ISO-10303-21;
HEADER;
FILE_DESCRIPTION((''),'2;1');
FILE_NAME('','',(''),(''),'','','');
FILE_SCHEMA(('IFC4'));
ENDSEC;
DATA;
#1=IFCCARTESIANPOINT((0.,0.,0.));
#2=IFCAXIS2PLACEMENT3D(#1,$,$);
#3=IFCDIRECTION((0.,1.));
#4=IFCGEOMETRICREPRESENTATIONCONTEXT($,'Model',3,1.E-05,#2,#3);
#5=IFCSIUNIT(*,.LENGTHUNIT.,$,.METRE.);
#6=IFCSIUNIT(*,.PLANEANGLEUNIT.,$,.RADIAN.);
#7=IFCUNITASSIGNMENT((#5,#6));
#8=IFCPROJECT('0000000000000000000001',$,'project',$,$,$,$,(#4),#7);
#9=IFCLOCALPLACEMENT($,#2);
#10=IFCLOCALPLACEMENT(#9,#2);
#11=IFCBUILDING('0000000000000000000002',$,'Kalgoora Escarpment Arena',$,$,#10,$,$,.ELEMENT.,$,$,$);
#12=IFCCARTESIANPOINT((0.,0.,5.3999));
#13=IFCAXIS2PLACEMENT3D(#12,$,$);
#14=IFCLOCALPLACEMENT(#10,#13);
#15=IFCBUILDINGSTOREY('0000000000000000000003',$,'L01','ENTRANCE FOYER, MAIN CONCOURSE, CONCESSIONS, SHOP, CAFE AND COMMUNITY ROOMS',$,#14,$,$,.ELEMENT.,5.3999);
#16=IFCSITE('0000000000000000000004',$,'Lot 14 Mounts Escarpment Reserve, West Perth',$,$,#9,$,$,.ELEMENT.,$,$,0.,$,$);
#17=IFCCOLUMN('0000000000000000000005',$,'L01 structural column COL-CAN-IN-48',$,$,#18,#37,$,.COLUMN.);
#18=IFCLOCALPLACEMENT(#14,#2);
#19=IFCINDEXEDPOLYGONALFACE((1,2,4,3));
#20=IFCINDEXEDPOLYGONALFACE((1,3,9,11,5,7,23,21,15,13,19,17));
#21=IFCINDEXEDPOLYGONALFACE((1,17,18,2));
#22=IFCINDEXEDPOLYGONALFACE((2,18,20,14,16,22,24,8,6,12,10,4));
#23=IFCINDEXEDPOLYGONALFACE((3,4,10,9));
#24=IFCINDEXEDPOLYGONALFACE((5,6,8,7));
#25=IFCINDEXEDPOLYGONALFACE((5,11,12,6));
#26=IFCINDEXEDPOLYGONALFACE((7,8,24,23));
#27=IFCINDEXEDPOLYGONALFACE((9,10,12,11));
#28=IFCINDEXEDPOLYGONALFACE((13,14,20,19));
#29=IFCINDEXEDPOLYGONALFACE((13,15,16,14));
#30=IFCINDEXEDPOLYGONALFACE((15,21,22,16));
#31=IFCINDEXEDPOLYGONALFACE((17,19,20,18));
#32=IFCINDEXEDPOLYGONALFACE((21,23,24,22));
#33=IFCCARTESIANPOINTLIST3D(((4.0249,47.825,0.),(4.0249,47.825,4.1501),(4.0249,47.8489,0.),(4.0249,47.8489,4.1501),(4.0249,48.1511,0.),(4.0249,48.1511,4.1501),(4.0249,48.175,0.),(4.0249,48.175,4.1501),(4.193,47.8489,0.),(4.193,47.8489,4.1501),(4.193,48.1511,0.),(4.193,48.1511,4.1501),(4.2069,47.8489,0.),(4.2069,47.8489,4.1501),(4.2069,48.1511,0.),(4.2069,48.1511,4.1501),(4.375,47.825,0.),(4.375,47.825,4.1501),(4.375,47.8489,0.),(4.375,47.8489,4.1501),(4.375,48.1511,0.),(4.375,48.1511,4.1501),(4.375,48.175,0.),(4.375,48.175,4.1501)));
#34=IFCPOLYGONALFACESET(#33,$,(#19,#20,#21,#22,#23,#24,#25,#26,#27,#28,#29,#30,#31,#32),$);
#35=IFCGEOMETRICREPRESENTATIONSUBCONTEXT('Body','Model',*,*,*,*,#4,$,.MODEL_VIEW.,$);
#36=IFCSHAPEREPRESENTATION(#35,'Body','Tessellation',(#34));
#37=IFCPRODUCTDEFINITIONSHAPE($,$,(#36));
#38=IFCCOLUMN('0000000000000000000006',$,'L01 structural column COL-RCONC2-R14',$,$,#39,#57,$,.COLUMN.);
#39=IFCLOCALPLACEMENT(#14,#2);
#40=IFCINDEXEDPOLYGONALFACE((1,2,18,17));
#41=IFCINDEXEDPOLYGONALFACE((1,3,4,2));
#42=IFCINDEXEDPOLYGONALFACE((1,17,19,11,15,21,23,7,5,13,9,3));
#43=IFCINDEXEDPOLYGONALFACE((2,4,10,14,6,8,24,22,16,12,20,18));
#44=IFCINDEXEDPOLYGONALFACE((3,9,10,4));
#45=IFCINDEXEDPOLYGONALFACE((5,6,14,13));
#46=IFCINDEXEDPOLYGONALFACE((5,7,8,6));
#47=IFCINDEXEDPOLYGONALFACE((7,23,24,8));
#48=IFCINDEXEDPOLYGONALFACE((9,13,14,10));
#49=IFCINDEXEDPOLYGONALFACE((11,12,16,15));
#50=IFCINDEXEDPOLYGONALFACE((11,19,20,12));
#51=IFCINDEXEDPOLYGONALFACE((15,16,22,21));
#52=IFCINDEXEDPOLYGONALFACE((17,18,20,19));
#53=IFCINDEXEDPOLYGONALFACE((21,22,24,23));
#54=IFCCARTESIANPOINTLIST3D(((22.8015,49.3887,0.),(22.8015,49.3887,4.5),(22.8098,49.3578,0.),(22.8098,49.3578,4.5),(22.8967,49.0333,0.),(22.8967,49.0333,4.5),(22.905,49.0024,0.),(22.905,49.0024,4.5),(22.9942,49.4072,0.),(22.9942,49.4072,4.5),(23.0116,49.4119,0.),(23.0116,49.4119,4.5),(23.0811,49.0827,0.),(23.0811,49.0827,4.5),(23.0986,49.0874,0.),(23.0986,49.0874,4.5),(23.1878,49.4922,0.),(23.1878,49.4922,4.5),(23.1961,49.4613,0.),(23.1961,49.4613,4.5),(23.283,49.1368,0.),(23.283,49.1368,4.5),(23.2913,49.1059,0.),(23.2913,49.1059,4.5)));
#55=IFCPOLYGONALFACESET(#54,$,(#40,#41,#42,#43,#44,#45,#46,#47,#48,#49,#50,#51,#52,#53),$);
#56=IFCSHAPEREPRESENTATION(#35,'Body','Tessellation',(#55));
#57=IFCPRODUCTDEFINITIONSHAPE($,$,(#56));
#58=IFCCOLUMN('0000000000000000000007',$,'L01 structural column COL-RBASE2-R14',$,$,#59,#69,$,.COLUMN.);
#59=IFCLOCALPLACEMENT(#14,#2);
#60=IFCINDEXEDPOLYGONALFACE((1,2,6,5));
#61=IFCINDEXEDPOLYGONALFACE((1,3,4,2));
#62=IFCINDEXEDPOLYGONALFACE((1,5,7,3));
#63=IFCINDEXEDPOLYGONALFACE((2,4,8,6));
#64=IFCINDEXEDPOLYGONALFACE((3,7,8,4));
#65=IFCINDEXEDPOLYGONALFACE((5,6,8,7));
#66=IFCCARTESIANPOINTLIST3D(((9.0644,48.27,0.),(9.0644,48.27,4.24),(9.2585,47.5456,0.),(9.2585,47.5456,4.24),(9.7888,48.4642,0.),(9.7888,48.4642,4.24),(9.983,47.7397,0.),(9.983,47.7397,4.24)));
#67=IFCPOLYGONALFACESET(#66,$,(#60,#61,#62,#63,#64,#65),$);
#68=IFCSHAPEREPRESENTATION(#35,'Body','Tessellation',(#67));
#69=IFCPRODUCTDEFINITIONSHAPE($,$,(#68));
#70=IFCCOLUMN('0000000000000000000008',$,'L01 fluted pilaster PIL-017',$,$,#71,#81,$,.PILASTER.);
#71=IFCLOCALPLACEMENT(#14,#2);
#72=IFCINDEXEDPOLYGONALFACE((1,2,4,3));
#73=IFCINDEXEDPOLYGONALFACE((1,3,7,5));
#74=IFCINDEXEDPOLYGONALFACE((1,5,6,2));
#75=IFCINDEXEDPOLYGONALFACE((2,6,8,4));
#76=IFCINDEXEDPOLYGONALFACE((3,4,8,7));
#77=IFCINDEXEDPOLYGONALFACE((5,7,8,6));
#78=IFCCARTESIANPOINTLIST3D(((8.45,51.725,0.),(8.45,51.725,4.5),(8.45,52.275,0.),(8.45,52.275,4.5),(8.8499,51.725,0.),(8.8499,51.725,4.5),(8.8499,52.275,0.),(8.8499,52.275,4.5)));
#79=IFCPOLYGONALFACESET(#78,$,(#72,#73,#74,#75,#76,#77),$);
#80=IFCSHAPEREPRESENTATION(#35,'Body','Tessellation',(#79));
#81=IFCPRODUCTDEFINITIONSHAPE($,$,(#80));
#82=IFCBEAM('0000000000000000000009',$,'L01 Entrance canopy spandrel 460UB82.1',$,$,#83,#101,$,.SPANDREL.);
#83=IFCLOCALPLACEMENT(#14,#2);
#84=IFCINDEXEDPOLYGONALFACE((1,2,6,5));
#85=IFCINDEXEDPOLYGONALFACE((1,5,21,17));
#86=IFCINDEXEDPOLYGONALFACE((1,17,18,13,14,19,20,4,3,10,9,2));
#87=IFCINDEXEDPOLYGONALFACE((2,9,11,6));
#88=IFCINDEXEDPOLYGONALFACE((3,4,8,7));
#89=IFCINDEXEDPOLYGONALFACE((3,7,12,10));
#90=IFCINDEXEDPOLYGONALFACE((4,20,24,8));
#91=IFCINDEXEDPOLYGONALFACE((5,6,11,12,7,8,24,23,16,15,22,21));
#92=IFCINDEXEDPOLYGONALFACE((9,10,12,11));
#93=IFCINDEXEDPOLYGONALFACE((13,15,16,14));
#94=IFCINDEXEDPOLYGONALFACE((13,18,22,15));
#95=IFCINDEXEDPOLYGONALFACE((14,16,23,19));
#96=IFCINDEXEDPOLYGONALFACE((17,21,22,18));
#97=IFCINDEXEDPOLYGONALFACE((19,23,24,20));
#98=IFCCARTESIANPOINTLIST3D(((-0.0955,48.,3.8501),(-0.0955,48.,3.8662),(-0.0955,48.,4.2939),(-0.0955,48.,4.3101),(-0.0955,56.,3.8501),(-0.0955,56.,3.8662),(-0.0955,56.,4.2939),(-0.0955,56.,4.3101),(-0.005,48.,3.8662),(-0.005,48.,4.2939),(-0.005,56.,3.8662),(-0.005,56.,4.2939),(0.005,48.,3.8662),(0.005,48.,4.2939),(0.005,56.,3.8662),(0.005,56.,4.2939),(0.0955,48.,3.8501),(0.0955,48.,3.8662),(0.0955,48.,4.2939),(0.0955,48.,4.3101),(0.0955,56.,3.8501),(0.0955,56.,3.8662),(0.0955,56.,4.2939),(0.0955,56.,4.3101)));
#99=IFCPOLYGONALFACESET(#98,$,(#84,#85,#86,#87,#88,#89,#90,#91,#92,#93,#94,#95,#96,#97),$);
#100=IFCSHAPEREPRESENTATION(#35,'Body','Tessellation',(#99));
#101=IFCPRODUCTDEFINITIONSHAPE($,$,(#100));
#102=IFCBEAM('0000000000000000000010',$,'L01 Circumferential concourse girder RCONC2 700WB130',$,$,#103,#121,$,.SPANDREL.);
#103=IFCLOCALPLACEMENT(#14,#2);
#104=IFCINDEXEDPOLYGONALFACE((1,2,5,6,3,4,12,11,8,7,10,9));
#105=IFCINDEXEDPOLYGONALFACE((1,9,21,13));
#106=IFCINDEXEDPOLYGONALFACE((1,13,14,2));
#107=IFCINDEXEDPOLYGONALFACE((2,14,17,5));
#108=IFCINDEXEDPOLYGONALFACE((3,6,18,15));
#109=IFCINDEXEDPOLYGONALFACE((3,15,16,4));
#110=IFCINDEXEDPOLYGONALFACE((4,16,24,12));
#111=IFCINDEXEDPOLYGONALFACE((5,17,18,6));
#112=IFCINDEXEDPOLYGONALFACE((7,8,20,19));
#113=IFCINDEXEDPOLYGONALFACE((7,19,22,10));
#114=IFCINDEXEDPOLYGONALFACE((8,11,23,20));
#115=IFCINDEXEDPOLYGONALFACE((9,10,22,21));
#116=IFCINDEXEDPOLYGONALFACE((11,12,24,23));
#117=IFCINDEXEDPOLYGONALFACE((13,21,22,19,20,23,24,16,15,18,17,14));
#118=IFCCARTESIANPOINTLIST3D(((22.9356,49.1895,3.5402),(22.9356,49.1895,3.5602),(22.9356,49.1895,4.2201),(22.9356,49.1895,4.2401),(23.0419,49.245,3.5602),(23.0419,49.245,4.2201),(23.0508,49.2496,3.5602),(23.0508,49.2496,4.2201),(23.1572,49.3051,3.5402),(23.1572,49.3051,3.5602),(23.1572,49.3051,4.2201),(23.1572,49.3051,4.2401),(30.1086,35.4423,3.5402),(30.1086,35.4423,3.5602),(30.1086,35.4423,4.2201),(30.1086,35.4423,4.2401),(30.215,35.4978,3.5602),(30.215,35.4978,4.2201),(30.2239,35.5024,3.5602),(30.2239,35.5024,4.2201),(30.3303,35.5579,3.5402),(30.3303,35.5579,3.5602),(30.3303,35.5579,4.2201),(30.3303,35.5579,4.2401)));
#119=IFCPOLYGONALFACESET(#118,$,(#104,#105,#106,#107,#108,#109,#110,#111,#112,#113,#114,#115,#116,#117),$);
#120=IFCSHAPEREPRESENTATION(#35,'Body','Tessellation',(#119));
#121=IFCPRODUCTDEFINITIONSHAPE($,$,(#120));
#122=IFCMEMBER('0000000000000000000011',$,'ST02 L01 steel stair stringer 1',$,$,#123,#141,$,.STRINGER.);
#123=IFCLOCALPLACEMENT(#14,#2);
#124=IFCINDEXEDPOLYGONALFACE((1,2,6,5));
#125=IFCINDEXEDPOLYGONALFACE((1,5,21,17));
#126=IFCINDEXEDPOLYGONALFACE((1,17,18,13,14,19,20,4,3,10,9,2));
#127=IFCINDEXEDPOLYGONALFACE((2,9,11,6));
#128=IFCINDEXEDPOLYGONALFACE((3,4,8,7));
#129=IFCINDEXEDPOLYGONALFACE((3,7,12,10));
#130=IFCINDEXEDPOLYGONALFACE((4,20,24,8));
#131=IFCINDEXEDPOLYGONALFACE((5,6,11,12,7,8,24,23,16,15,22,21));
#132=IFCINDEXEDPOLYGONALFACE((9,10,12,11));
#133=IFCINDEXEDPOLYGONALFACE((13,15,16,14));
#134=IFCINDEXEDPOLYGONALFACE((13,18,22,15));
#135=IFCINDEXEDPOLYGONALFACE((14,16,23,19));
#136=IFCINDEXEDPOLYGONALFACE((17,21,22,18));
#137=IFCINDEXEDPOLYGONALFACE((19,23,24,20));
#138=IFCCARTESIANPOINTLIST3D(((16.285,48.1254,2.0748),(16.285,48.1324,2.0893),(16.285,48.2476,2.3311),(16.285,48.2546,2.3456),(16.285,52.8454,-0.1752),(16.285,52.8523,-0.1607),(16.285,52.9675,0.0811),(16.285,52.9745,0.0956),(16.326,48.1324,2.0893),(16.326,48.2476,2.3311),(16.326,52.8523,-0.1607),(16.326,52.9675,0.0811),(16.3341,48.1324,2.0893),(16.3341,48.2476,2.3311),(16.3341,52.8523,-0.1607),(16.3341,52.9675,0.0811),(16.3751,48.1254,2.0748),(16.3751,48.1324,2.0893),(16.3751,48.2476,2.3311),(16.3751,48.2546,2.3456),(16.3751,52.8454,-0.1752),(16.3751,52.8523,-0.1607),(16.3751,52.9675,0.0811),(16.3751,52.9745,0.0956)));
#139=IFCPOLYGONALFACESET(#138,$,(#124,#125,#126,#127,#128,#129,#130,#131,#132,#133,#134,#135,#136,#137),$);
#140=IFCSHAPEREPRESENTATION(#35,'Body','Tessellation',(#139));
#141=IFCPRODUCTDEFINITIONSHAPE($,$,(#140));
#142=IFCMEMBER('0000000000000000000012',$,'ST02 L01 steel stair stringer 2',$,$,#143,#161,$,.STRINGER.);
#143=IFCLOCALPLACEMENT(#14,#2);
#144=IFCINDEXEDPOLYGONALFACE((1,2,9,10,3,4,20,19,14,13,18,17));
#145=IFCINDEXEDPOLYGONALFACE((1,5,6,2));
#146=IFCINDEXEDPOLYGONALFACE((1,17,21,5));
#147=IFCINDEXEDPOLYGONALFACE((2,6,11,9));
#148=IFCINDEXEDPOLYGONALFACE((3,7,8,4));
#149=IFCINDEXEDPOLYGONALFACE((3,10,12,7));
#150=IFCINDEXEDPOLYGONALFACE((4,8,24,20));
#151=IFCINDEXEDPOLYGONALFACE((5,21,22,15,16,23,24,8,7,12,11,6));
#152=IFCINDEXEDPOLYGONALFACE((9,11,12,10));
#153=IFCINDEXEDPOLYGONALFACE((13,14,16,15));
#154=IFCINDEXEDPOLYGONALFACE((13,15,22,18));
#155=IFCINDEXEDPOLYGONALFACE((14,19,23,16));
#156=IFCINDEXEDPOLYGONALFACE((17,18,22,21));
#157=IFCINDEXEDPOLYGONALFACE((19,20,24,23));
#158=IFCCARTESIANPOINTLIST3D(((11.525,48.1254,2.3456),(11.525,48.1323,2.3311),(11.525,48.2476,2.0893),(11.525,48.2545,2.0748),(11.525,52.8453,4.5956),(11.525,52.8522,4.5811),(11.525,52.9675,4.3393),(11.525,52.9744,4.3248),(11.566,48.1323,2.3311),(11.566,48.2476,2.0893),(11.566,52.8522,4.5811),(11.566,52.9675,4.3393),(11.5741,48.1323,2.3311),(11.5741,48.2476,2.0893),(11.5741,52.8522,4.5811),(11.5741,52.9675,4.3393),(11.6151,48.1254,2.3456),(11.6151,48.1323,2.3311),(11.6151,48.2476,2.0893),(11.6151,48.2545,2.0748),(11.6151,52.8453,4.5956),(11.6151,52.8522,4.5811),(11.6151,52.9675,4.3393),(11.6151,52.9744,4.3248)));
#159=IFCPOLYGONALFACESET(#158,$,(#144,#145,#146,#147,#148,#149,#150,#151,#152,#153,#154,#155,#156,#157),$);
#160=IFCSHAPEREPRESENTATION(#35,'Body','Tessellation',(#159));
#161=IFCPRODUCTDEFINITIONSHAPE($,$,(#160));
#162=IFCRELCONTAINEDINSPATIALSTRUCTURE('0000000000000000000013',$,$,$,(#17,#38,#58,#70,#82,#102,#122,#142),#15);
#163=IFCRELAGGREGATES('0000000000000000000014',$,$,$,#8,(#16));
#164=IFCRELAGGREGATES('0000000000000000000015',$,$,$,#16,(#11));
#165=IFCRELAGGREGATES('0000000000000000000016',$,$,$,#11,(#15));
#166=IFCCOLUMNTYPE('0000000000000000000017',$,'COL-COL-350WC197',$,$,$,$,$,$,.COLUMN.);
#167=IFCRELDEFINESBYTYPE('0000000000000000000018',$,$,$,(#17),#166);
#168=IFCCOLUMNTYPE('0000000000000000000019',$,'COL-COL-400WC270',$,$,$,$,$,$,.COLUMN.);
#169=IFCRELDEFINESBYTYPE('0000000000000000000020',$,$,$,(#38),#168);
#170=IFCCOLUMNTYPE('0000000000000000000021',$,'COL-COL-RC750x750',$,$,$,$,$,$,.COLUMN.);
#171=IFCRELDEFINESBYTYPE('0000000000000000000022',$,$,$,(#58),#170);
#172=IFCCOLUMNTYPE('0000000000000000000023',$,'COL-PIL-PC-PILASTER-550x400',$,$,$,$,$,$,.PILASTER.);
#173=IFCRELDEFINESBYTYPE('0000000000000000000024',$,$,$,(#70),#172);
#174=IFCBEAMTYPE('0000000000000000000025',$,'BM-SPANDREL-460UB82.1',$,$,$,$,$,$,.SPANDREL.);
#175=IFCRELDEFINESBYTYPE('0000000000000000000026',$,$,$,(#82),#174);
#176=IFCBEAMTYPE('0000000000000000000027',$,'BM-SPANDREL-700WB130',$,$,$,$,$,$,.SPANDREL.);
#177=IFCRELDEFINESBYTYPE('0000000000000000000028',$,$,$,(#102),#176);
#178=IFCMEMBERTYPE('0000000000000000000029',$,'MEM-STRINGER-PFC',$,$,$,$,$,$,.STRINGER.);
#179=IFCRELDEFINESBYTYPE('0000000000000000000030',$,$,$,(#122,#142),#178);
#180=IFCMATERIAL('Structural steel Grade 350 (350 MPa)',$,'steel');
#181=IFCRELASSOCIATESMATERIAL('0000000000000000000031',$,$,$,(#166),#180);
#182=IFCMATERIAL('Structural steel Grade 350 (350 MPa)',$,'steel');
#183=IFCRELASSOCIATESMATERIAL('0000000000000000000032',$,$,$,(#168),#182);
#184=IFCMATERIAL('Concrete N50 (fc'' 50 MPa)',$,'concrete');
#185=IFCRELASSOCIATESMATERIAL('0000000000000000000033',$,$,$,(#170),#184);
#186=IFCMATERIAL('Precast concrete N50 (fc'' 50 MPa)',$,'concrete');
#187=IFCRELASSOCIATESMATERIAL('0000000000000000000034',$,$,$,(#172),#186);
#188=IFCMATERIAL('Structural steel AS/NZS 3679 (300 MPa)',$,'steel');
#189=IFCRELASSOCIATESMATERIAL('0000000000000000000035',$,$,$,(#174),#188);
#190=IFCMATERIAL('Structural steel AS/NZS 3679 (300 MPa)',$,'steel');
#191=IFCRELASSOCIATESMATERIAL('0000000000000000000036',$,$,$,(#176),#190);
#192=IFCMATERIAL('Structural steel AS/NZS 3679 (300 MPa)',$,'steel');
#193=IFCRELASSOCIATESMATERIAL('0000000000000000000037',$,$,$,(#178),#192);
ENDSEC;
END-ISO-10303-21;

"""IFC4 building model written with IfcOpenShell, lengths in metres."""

from ifc_helpers import new_model, si_unit, direction, frame, origin, origin_2d, place, context, subcontext, project, spatial, rectangle, i_section, extrude, material, material_profile, profile_set, type_object, element, save


model = new_model("IFC4")

# Units and contexts
model_context = context("Model", 3, precision=1e-05, world=origin(), true_north=direction((0.0, 1.0)))
body_context = subcontext(model_context, "Body", "Model", "MODEL_VIEW")
ifc_project = project(units=[si_unit("LENGTHUNIT", "METRE"), si_unit("PLANEANGLEUNIT", "RADIAN")], contexts=[model_context])

# Site, building, storey
site_placement = place(None, origin())
site = spatial("IfcSite", under=ifc_project, at=site_placement, Name="Lot 14 Mounts Escarpment Reserve, West Perth", CompositionType="ELEMENT", RefElevation=0.0)
building_placement = place(site_placement, origin())
building = spatial("IfcBuilding", under=site, at=building_placement, Name="Kalgoora Escarpment Arena", CompositionType="ELEMENT")
storey_placement = place(building_placement, frame((0.0, 0.0, 5.3999)))
storey = spatial("IfcBuildingStorey", under=building, at=storey_placement, Name="L01", Description="ENTRANCE FOYER, MAIN CONCOURSE, CONCESSIONS, SHOP, CAFE AND COMMUNITY ROOMS", CompositionType="ELEMENT", Elevation=5.3999)

# Columns
ifc_material_1 = material(Name="Structural steel Grade 350 (350 MPa)", Category="steel")
ifc_material_profile_1 = material_profile(ifc_material_1, i_section(OverallWidth=0.3501, OverallDepth=0.3501, WebThickness=0.0139, FlangeThickness=0.0239, at=origin_2d()))
ifc_profile_set_1 = profile_set([ifc_material_profile_1], Name="Structural steel Grade 350 (350 MPa)")
column_type_1 = type_object("IfcColumnType", Name="COL-COL-350WC197", PredefinedType="COLUMN", material=ifc_profile_set_1)
column_1_placement = place(storey_placement, frame((4.2, 48.0, 0.0), z_axis=(0.0, 0.0, 1.0), x_axis=(1.0, 0.0, 0.0)))
element("IfcColumn", 1, at=column_1_placement, inside=storey, type_object=column_type_1, Name="L01 structural column COL-CAN-IN-48", PredefinedType="COLUMN", context=body_context, shape_type="SweptSolid", body=[
    extrude(i_section(OverallWidth=0.3501, OverallDepth=0.3501, WebThickness=0.0139, FlangeThickness=0.0239, at=origin_2d()), origin(), (0.0, 0.0, 1.0), 4.1501),
])
ifc_material_2 = material(Name="Structural steel Grade 350 (350 MPa)", Category="steel")
ifc_material_profile_2 = material_profile(ifc_material_2, i_section(OverallWidth=0.3999, OverallDepth=0.3999, WebThickness=0.0181, FlangeThickness=0.032, at=origin_2d()))
ifc_profile_set_2 = profile_set([ifc_material_profile_2], Name="Structural steel Grade 350 (350 MPa)")
column_type_2 = type_object("IfcColumnType", Name="COL-COL-400WC270", PredefinedType="COLUMN", material=ifc_profile_set_2)
column_2_placement = place(storey_placement, frame((23.0464, 49.2473, 0.0), z_axis=(0.0, 0.0, 1.0), x_axis=(-0.965926, -0.258819, 0.0)))
element("IfcColumn", 2, at=column_2_placement, inside=storey, type_object=column_type_2, Name="L01 structural column COL-RCONC2-R14", PredefinedType="COLUMN", context=body_context, shape_type="SweptSolid", body=[
    extrude(i_section(OverallWidth=0.3999, OverallDepth=0.3999, WebThickness=0.0181, FlangeThickness=0.032, at=origin_2d()), origin(), (0.0, 0.0, 1.0), 4.5),
])
ifc_material_3 = material(Name="Concrete N50 (fc' 50 MPa)", Category="concrete")
ifc_material_profile_3 = material_profile(ifc_material_3, rectangle(XDim=0.75, YDim=0.75, at=origin_2d()))
ifc_profile_set_3 = profile_set([ifc_material_profile_3], Name="Concrete N50 (fc' 50 MPa)")
column_type_3 = type_object("IfcColumnType", Name="COL-COL-RC750x750", PredefinedType="COLUMN", material=ifc_profile_set_3)
column_3_placement = place(storey_placement, frame((9.5237, 48.0049, 0.0), z_axis=(0.0, 0.0, 1.0), x_axis=(-0.965926, -0.258819, 0.0)))
element("IfcColumn", 3, at=column_3_placement, inside=storey, type_object=column_type_3, Name="L01 structural column COL-RBASE2-R14", PredefinedType="COLUMN", context=body_context, shape_type="SweptSolid", body=[
    extrude(rectangle(XDim=0.75, YDim=0.75, at=origin_2d()), origin(), (0.0, 0.0, 1.0), 4.24),
])
ifc_material_4 = material(Name="Precast concrete N50 (fc' 50 MPa)", Category="concrete")
ifc_material_profile_4 = material_profile(ifc_material_4, rectangle(XDim=0.3999, YDim=0.55, at=origin_2d()))
ifc_profile_set_4 = profile_set([ifc_material_profile_4], Name="Precast concrete N50 (fc' 50 MPa)")
column_type_4 = type_object("IfcColumnType", Name="COL-PIL-PC-PILASTER-550x400", PredefinedType="PILASTER", material=ifc_profile_set_4)
column_4_placement = place(storey_placement, frame((8.6499, 52.0, 0.0), z_axis=(0.0, 0.0, 1.0), x_axis=(1.0, 0.0, 0.0)))
element("IfcColumn", 4, at=column_4_placement, inside=storey, type_object=column_type_4, Name="L01 fluted pilaster PIL-017", PredefinedType="PILASTER", context=body_context, shape_type="SweptSolid", body=[
    extrude(rectangle(XDim=0.3999, YDim=0.55, at=origin_2d()), origin(), (0.0, 0.0, 1.0), 4.5),
])

# Beams
ifc_material_5 = material(Name="Structural steel AS/NZS 3679 (300 MPa)", Category="steel")
ifc_material_profile_5 = material_profile(ifc_material_5, i_section(OverallWidth=0.1909, OverallDepth=0.46, WebThickness=0.01, FlangeThickness=0.0161, at=origin_2d()))
ifc_profile_set_5 = profile_set([ifc_material_profile_5], Name="Structural steel AS/NZS 3679 (300 MPa)")
beam_type_1 = type_object("IfcBeamType", Name="BM-SPANDREL-460UB82.1", PredefinedType="SPANDREL", material=ifc_profile_set_5)
beam_1_placement = place(storey_placement, frame((0.0, 48.0, 4.0801), z_axis=(0.0, 1.0, 0.0), x_axis=(-1.0, 0.0, 0.0)))
element("IfcBeam", 5, at=beam_1_placement, inside=storey, type_object=beam_type_1, Name="L01 Entrance canopy spandrel 460UB82.1", PredefinedType="SPANDREL", context=body_context, shape_type="SweptSolid", body=[
    extrude(i_section(OverallWidth=0.1909, OverallDepth=0.46, WebThickness=0.01, FlangeThickness=0.0161, at=origin_2d()), origin(), (0.0, 0.0, 1.0), 8.0),
])
ifc_material_6 = material(Name="Structural steel AS/NZS 3679 (300 MPa)", Category="steel")
ifc_material_profile_6 = material_profile(ifc_material_6, i_section(OverallWidth=0.25, OverallDepth=0.7, WebThickness=0.01, FlangeThickness=0.02, at=origin_2d()))
ifc_profile_set_6 = profile_set([ifc_material_profile_6], Name="Structural steel AS/NZS 3679 (300 MPa)")
beam_type_2 = type_object("IfcBeamType", Name="BM-SPANDREL-700WB130", PredefinedType="SPANDREL", material=ifc_profile_set_6)
beam_2_placement = place(storey_placement, frame((23.0464, 49.2473, 3.8901), z_axis=(0.462596, -0.886569, 0.0), x_axis=(0.886569, 0.462596, 0.0)))
element("IfcBeam", 6, at=beam_2_placement, inside=storey, type_object=beam_type_2, Name="L01 Circumferential concourse girder RCONC2 700WB130", PredefinedType="SPANDREL", context=body_context, shape_type="SweptSolid", body=[
    extrude(i_section(OverallWidth=0.25, OverallDepth=0.7, WebThickness=0.01, FlangeThickness=0.02, at=origin_2d()), origin(), (0.0, 0.0, 1.0), 15.5061),
])

# Members
ifc_material_7 = material(Name="Structural steel AS/NZS 3679 (300 MPa)", Category="steel")
ifc_material_profile_7 = material_profile(ifc_material_7, i_section(OverallWidth=0.0901, OverallDepth=0.3, WebThickness=0.0081, FlangeThickness=0.0161, at=origin_2d()))
ifc_profile_set_7 = profile_set([ifc_material_profile_7], Name="Structural steel AS/NZS 3679 (300 MPa)")
member_type = type_object("IfcMemberType", Name="MEM-STRINGER-PFC", PredefinedType="STRINGER", material=ifc_profile_set_7)
for number, where, z_axis, x_axis, name in (
    (7, (16.3301, 52.9099, -0.0398), (0.0, -0.902683, 0.430307), (1.0, 0.0, 0.0), "ST02 L01 steel stair stringer 1"),
    (8, (11.5701, 48.1899, 2.2102), (0.0, 0.902683, 0.430307), (-1.0, 0.0, 0.0), "ST02 L01 steel stair stringer 2"),
):
    element("IfcMember", number, at=place(storey_placement, frame(where, z_axis=z_axis, x_axis=x_axis)), inside=storey, type_object=member_type, Name=name, PredefinedType="STRINGER", context=body_context, shape_type="SweptSolid", body=[
        extrude(i_section(OverallWidth=0.0901, OverallDepth=0.3, WebThickness=0.0081, FlangeThickness=0.0161, at=origin_2d()), origin(), (0.0, 0.0, 1.0), 5.2288),
    ])

save(model, "model.ifc")
